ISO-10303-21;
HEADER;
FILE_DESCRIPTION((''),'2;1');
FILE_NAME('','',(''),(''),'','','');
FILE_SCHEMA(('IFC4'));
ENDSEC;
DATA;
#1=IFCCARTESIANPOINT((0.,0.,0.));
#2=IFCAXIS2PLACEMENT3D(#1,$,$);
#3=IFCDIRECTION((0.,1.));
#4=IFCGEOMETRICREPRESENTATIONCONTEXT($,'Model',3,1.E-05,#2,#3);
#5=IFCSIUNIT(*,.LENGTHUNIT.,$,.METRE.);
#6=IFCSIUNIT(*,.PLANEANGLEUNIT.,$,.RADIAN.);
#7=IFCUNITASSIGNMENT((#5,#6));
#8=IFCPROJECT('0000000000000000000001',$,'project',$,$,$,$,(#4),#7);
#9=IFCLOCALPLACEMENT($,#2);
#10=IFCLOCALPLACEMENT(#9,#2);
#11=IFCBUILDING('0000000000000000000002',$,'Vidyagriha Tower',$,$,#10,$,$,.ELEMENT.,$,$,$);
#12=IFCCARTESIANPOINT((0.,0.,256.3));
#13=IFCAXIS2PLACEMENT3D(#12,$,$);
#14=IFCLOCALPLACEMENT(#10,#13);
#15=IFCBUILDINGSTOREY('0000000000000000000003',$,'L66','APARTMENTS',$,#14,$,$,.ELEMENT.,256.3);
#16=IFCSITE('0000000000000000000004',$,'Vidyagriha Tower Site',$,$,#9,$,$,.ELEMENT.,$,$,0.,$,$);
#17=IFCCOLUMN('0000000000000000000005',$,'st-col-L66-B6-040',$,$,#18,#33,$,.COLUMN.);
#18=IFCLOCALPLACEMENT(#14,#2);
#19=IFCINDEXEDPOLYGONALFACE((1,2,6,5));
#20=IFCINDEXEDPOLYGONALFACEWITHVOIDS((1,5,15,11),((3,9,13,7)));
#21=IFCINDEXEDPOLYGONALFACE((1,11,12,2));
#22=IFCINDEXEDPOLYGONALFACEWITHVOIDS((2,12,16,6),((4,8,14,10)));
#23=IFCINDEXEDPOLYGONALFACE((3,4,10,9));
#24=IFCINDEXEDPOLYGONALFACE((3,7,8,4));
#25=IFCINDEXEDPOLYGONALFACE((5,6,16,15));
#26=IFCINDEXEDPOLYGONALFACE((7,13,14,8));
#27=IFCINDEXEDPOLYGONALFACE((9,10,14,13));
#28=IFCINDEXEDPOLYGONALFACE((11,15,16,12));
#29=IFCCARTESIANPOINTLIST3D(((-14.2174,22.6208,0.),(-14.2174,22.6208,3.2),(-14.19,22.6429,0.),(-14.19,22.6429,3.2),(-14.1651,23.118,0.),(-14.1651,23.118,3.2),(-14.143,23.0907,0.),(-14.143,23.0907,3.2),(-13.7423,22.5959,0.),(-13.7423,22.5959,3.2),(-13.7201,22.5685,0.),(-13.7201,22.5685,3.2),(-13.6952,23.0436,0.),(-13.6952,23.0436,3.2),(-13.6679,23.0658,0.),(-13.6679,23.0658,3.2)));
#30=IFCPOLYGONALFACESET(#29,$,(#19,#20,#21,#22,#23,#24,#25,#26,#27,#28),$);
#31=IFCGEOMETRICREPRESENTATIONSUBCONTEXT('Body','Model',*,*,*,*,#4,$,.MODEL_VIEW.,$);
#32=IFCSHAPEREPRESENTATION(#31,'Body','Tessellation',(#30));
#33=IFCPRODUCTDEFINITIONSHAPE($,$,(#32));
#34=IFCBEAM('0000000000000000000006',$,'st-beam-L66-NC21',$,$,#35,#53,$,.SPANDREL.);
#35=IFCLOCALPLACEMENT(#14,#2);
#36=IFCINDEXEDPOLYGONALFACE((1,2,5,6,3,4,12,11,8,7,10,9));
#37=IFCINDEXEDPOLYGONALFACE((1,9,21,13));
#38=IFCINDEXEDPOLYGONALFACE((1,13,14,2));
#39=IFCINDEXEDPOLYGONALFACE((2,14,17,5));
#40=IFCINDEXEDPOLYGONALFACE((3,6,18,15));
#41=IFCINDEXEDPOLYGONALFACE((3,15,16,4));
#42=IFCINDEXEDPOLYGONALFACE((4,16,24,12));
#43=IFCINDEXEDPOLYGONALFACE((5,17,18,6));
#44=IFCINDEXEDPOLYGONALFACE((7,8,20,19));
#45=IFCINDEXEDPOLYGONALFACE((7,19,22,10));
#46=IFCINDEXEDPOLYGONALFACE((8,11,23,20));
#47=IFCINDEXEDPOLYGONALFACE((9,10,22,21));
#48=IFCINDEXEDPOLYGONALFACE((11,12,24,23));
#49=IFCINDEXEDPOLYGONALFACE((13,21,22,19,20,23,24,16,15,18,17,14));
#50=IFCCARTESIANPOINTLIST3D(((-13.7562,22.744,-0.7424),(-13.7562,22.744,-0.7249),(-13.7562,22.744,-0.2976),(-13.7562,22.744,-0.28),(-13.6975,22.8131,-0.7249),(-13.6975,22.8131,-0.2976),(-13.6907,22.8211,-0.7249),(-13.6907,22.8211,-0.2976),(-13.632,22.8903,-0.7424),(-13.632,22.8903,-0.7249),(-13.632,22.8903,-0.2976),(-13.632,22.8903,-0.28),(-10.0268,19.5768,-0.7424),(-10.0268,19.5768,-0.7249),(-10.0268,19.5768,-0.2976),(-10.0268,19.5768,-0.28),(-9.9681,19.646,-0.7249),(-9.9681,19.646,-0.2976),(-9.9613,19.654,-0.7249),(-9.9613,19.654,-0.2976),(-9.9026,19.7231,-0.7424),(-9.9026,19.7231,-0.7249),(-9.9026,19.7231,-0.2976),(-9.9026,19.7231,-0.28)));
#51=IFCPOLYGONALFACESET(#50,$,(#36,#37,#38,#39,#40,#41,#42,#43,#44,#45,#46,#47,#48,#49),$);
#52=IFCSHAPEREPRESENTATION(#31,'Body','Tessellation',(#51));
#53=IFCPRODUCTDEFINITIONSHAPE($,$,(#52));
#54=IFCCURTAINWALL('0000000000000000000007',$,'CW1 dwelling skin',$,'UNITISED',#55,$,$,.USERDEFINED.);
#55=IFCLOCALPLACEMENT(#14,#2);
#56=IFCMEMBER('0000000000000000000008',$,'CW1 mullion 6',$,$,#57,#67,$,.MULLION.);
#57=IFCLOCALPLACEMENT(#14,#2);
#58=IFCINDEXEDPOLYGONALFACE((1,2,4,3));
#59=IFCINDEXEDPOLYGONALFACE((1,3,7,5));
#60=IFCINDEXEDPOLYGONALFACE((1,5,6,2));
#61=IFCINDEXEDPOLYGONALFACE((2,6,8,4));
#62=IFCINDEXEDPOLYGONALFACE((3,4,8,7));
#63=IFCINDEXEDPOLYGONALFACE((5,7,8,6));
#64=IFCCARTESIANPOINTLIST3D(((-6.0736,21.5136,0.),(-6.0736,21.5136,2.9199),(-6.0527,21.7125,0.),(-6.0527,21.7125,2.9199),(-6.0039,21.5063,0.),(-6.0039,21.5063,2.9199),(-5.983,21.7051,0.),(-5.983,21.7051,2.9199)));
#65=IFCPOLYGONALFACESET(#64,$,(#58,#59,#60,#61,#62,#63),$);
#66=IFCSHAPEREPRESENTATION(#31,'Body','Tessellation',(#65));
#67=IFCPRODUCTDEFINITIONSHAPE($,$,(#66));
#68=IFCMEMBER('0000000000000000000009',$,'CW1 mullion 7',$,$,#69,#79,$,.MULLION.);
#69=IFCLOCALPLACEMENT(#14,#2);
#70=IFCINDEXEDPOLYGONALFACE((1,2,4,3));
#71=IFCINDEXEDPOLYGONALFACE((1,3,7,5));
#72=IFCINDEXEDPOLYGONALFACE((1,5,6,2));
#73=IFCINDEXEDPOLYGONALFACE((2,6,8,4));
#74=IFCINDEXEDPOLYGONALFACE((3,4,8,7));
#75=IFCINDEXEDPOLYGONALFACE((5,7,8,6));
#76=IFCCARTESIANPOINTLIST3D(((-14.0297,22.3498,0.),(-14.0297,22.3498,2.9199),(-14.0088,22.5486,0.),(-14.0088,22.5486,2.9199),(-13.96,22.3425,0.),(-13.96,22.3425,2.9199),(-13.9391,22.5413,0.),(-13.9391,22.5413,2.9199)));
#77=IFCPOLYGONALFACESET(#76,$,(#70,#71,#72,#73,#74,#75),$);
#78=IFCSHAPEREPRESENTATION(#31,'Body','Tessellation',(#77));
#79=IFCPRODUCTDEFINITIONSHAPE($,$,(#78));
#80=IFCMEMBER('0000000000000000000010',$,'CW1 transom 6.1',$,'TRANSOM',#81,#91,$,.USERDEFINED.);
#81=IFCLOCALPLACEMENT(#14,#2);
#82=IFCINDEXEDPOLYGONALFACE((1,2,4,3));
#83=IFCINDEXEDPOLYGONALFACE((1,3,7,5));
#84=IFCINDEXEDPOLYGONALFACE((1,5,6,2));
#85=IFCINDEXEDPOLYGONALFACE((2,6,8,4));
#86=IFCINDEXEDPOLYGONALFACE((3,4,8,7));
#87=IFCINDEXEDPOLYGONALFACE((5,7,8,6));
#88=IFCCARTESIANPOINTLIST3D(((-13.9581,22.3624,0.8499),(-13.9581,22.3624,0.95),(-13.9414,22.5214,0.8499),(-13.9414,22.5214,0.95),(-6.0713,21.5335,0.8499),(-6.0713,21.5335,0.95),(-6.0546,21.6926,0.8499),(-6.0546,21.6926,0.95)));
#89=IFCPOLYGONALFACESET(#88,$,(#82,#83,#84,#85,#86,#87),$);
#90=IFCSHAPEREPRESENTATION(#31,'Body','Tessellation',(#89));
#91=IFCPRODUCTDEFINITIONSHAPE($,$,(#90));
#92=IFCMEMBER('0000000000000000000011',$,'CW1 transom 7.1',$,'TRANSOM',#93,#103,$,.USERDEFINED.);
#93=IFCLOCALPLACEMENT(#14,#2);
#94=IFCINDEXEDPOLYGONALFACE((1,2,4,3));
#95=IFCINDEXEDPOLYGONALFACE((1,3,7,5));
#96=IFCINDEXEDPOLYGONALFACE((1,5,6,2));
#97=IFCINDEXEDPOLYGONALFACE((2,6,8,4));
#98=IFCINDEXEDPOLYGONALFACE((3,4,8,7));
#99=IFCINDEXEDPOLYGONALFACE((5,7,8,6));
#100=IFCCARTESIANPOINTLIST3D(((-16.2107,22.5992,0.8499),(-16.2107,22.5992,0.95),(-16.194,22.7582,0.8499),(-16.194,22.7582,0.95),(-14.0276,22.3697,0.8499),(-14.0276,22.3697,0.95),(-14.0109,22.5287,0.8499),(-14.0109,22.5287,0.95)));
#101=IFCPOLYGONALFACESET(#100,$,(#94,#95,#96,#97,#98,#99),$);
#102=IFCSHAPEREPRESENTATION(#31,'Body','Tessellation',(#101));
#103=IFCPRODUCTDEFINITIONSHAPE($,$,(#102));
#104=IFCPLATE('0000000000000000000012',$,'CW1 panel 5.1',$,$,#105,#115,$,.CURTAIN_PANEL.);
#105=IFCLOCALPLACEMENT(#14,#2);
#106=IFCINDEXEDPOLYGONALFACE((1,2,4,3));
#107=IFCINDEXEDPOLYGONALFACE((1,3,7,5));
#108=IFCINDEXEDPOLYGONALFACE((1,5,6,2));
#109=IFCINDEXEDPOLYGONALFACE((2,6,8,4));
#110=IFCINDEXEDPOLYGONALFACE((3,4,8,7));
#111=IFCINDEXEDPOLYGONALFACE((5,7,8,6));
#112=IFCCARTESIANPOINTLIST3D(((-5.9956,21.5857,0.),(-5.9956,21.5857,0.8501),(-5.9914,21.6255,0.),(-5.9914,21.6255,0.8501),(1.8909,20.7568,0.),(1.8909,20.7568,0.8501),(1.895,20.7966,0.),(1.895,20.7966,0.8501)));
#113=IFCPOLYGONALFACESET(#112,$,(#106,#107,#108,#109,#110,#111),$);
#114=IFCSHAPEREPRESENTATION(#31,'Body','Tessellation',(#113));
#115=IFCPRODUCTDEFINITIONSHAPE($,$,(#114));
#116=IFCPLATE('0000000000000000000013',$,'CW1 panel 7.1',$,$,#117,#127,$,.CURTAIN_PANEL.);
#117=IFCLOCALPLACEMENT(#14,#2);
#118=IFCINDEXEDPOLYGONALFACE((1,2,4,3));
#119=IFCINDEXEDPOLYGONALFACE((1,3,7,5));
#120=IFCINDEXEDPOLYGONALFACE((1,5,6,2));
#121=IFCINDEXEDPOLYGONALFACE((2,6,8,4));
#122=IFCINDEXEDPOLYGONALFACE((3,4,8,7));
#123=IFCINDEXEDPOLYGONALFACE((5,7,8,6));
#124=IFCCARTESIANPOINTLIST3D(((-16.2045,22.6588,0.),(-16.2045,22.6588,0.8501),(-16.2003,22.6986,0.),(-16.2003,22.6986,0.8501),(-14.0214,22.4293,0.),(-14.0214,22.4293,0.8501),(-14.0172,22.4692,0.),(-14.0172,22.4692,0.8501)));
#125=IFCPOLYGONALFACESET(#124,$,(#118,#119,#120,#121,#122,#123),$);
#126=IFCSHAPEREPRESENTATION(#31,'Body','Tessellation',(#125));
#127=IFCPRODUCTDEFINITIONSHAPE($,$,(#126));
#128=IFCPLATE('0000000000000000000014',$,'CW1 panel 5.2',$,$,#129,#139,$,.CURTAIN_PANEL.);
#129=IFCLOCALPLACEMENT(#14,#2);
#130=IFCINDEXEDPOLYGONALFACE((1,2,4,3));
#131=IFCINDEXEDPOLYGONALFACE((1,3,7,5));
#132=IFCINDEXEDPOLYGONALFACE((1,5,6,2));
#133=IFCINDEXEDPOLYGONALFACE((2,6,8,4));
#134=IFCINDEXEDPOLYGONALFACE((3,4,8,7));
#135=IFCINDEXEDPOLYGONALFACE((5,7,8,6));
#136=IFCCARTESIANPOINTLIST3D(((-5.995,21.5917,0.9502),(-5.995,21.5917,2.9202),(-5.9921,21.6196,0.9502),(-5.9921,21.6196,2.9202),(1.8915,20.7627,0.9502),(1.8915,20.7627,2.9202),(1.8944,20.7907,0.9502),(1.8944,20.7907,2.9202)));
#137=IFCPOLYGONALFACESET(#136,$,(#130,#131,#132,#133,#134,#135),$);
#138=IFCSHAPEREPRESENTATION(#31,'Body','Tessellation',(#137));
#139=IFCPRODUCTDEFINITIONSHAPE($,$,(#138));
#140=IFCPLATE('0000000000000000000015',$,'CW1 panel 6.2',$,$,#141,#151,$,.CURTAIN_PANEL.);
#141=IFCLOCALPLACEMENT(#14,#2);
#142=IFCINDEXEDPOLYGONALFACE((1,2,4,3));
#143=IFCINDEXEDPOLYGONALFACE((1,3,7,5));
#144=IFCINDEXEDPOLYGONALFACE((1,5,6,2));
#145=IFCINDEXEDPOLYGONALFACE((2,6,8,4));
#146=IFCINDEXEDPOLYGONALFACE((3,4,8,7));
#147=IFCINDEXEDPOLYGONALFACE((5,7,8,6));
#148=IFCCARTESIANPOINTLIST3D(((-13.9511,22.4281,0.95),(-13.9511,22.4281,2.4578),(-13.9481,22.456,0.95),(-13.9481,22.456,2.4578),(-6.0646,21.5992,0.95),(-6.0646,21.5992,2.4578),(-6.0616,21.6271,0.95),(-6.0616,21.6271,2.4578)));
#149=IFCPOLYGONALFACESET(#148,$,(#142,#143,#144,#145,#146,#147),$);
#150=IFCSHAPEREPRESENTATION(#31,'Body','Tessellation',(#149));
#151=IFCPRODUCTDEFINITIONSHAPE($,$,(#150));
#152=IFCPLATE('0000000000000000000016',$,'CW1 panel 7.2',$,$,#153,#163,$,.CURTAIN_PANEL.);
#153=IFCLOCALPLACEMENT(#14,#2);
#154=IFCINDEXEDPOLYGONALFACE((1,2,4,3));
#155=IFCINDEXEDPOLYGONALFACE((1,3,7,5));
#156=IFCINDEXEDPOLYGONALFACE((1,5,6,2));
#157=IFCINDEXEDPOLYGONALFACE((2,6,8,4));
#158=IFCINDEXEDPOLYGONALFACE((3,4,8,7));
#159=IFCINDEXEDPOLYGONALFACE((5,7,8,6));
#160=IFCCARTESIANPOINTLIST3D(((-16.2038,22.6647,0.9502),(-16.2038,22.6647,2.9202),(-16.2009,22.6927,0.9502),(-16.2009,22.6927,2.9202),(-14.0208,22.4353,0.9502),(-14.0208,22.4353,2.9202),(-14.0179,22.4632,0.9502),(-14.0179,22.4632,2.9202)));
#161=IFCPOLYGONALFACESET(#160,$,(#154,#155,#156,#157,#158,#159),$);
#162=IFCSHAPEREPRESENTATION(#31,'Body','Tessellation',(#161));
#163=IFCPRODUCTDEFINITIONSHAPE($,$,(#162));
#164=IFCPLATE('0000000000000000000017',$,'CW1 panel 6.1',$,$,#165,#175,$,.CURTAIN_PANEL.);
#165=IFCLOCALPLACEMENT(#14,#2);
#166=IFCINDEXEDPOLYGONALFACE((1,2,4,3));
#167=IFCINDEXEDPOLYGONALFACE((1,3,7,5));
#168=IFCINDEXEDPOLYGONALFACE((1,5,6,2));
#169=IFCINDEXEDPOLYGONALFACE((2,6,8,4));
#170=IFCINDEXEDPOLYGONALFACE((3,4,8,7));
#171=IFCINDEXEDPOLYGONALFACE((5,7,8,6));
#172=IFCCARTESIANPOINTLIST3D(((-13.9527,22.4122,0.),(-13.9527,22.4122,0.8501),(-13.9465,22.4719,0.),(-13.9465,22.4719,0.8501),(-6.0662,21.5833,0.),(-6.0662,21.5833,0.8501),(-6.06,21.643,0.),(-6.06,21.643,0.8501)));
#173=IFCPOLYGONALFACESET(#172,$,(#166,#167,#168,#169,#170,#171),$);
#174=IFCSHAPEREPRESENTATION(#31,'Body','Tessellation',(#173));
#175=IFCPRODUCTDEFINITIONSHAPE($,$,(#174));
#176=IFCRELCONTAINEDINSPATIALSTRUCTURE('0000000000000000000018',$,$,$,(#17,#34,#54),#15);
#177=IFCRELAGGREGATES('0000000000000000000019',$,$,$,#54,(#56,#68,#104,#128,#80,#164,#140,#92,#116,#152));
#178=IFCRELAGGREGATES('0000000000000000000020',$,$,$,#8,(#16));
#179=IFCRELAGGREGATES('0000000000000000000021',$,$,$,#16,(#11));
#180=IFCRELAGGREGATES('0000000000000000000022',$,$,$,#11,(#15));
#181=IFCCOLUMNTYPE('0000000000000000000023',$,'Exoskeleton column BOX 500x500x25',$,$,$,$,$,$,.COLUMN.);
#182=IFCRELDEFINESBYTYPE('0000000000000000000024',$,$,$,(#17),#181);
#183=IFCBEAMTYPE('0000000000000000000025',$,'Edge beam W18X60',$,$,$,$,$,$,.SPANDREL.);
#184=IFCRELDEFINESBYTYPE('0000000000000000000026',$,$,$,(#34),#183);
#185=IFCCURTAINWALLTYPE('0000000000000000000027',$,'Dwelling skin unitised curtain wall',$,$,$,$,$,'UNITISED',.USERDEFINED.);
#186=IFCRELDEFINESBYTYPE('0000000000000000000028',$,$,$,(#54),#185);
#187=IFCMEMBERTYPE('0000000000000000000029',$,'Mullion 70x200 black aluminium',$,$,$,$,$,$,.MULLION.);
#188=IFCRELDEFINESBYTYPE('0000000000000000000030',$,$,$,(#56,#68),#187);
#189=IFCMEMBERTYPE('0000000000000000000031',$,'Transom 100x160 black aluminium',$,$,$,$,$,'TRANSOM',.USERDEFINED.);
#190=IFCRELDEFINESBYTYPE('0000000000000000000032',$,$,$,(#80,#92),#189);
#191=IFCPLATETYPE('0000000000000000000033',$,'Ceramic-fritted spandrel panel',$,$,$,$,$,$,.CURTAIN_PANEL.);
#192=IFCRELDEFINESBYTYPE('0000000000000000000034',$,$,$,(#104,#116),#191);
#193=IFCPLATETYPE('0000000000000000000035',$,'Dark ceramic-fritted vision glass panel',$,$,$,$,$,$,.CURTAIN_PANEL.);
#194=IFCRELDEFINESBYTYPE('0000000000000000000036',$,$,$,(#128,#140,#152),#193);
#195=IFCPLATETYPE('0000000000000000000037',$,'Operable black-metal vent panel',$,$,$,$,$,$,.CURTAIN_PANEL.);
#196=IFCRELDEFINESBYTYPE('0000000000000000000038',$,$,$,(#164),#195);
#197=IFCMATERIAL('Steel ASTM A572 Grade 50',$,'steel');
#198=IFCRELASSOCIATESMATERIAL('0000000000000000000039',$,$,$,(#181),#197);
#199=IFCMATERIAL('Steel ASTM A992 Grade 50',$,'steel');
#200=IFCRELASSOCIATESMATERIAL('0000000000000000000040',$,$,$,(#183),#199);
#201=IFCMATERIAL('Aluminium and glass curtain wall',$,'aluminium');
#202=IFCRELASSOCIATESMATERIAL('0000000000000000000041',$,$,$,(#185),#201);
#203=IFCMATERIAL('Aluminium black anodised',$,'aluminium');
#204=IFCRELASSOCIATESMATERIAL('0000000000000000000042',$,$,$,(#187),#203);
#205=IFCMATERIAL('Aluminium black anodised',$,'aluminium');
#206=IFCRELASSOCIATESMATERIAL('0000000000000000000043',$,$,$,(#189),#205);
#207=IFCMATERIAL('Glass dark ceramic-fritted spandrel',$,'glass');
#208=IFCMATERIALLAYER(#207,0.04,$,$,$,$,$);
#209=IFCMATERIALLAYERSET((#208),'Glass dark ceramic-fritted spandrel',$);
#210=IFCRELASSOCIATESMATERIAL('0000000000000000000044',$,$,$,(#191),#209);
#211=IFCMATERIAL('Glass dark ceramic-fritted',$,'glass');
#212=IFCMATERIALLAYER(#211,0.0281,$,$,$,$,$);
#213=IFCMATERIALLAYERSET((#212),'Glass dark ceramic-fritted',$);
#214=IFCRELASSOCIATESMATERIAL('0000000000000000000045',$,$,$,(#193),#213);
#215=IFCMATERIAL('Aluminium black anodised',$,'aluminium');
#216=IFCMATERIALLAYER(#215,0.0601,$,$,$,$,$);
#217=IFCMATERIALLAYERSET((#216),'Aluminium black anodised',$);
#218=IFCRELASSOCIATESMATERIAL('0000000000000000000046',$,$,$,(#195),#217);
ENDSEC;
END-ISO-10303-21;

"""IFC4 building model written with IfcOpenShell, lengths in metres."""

from ifc_helpers import new_model, si_unit, direction, frame, origin, origin_2d, place, context, subcontext, project, spatial, rectangle, hollow_rectangle, i_section, extrude, material, layer, layer_set, material_profile, profile_set, type_object, element, aggregate, save


model = new_model("IFC4")

# Units and contexts
model_context = context("Model", 3, precision=1e-05, world=origin(), true_north=direction((0.0, 1.0)))
body_context = subcontext(model_context, "Body", "Model", "MODEL_VIEW")
ifc_project = project(units=[si_unit("LENGTHUNIT", "METRE"), si_unit("PLANEANGLEUNIT", "RADIAN")], contexts=[model_context])

# Site, building, storey
site_placement = place(None, origin())
site = spatial("IfcSite", under=ifc_project, at=site_placement, Name="Vidyagriha Tower Site", CompositionType="ELEMENT", RefElevation=0.0)
building_placement = place(site_placement, origin())
building = spatial("IfcBuilding", under=site, at=building_placement, Name="Vidyagriha Tower", CompositionType="ELEMENT")
storey_placement = place(building_placement, frame((0.0, 0.0, 256.3)))
storey = spatial("IfcBuildingStorey", under=building, at=storey_placement, Name="L66", Description="APARTMENTS", CompositionType="ELEMENT", Elevation=256.3)

# Column
ifc_material_1 = material(Name="Steel ASTM A572 Grade 50", Category="steel")
ifc_material_profile_1 = material_profile(ifc_material_1, hollow_rectangle(XDim=0.5, YDim=0.5, WallThickness=0.0249, at=origin_2d()), Name="BOX 500x500x25")
ifc_profile_set_1 = profile_set([ifc_material_profile_1], Name="Steel ASTM A572 Grade 50")
column_type = type_object("IfcColumnType", Name="Exoskeleton column BOX 500x500x25", PredefinedType="COLUMN", material=ifc_profile_set_1)
column_placement = place(storey_placement, frame((-13.9426, 22.8433, 0.0), z_axis=(0.0, 0.0, 1.0), x_axis=(0.994522, -0.104528, 0.0)))
element("IfcColumn", 1, at=column_placement, inside=storey, type_object=column_type, Name="st-col-L66-B6-040", PredefinedType="COLUMN", context=body_context, shape_type="SweptSolid", body=[
    extrude(hollow_rectangle(XDim=0.5, YDim=0.5, WallThickness=0.0249, at=origin_2d()), origin(), (0.0, 0.0, 1.0), 3.2),
])

# Beam
ifc_material_2 = material(Name="Steel ASTM A992 Grade 50", Category="steel")
ifc_material_profile_2 = material_profile(ifc_material_2, i_section(OverallWidth=0.1919, OverallDepth=0.4624, WebThickness=0.0105, FlangeThickness=0.0176, at=origin_2d()), Name="W18X60")
ifc_profile_set_2 = profile_set([ifc_material_profile_2], Name="Steel ASTM A992 Grade 50")
beam_type = type_object("IfcBeamType", Name="Edge beam W18X60", PredefinedType="SPANDREL", material=ifc_profile_set_2)
beam_placement = place(storey_placement, frame((-13.6941, 22.8171, -0.5112), z_axis=(0.762225, -0.647312, 0.0), x_axis=(0.647312, 0.762225, 0.0)))
element("IfcBeam", 2, at=beam_placement, inside=storey, type_object=beam_type, Name="st-beam-L66-NC21", PredefinedType="SPANDREL", context=body_context, shape_type="SweptSolid", body=[
    extrude(i_section(OverallWidth=0.1919, OverallDepth=0.4624, WebThickness=0.0105, FlangeThickness=0.0176, at=origin_2d()), origin(), (0.0, 0.0, 1.0), 4.8928),
])

# Curtain wall, members, plates
ifc_material_3 = material(Name="Aluminium and glass curtain wall", Category="aluminium")
curtain_wall_type = type_object("IfcCurtainWallType", Name="Dwelling skin unitised curtain wall", ElementType="UNITISED", PredefinedType="USERDEFINED", material=ifc_material_3)
curtain_wall_placement = place(storey_placement, origin())
curtain_wall = element("IfcCurtainWall", 3, at=curtain_wall_placement, inside=storey, type_object=curtain_wall_type, Name="CW1 dwelling skin", ObjectType="UNITISED", PredefinedType="USERDEFINED")
ifc_material_4 = material(Name="Aluminium black anodised", Category="aluminium")
ifc_material_profile_3 = material_profile(ifc_material_4, rectangle(XDim=0.2, YDim=0.0701, at=origin_2d()), Name="Mullion 70x200 black aluminium")
ifc_profile_set_3 = profile_set([ifc_material_profile_3], Name="Aluminium black anodised")
member_type_1 = type_object("IfcMemberType", Name="Mullion 70x200 black aluminium", PredefinedType="MULLION", material=ifc_profile_set_3)
member_1_placement = place(storey_placement, frame((-6.0283, 21.6094, 0.0), z_axis=(0.0, 0.0, 1.0), x_axis=(-0.104529, -0.994522, 0.0)))
member_1 = element("IfcMember", 4, at=member_1_placement, type_object=member_type_1, Name="CW1 mullion 6", PredefinedType="MULLION", context=body_context, shape_type="SweptSolid", body=[
    extrude(rectangle(XDim=0.2, YDim=0.0701, at=origin_2d()), origin(), (0.0, 0.0, 1.0), 2.9199),
])
member_2_placement = place(storey_placement, frame((-13.9844, 22.4456, 0.0), z_axis=(0.0, 0.0, 1.0), x_axis=(-0.104529, -0.994522, 0.0)))
member_2 = element("IfcMember", 5, at=member_2_placement, type_object=member_type_1, Name="CW1 mullion 7", PredefinedType="MULLION", context=body_context, shape_type="SweptSolid", body=[
    extrude(rectangle(XDim=0.2, YDim=0.0701, at=origin_2d()), origin(), (0.0, 0.0, 1.0), 2.9199),
])
ifc_material_5 = material(Name="Aluminium black anodised", Category="aluminium")
ifc_material_profile_4 = material_profile(ifc_material_5, rectangle(XDim=0.1599, YDim=0.1001, at=origin_2d()), Name="Transom 100x160 black aluminium")
ifc_profile_set_4 = profile_set([ifc_material_profile_4], Name="Aluminium black anodised")
member_type_2 = type_object("IfcMemberType", Name="Transom 100x160 black aluminium", ElementType="TRANSOM", PredefinedType="USERDEFINED", material=ifc_profile_set_4)
member_3_placement = place(storey_placement, frame((-6.063, 21.613, 0.8999), z_axis=(-0.994523, 0.10452, 0.0), x_axis=(-0.10452, -0.994523, 0.0)))
member_3 = element("IfcMember", 6, at=member_3_placement, type_object=member_type_2, Name="CW1 transom 6.1", ObjectType="TRANSOM", PredefinedType="USERDEFINED", context=body_context, shape_type="SweptSolid", body=[
    extrude(rectangle(XDim=0.1599, YDim=0.1001, at=origin_2d()), origin(), (0.0, 0.0, 1.0), 7.9302),
])
member_4_placement = place(storey_placement, frame((-14.0193, 22.4492, 0.8999), z_axis=(-0.99452, 0.104546, 0.0), x_axis=(-0.104546, -0.99452, 0.0)))
member_4 = element("IfcMember", 7, at=member_4_placement, type_object=member_type_2, Name="CW1 transom 7.1", ObjectType="TRANSOM", PredefinedType="USERDEFINED", context=body_context, shape_type="SweptSolid", body=[
    extrude(rectangle(XDim=0.1599, YDim=0.1001, at=origin_2d()), origin(), (0.0, 0.0, 1.0), 2.1951),
])
ifc_material_6 = material(Name="Glass dark ceramic-fritted spandrel", Category="glass")
ifc_layer_1 = layer(ifc_material_6, 0.04)
ifc_layer_set_1 = layer_set([ifc_layer_1], Name="Glass dark ceramic-fritted spandrel")
plate_type_1 = type_object("IfcPlateType", Name="Ceramic-fritted spandrel panel", PredefinedType="CURTAIN_PANEL", material=ifc_layer_set_1)
plate_1_placement = place(storey_placement, frame((-2.0503, 21.1912, 0.0), z_axis=(0.0, 0.0, 1.0), x_axis=(-0.994522, 0.104529, 0.0)))
plate_1 = element("IfcPlate", 8, at=plate_1_placement, type_object=plate_type_1, Name="CW1 panel 5.1", PredefinedType="CURTAIN_PANEL", context=body_context, shape_type="SweptSolid", body=[
    extrude(rectangle(XDim=7.9299, YDim=0.04, at=origin_2d()), origin(), (0.0, 0.0, 1.0), 0.8501),
])
plate_2_placement = place(storey_placement, frame((-15.1108, 22.564, 0.0), z_axis=(0.0, 0.0, 1.0), x_axis=(-0.994522, 0.104529, 0.0)))
plate_2 = element("IfcPlate", 9, at=plate_2_placement, type_object=plate_type_1, Name="CW1 panel 7.1", PredefinedType="CURTAIN_PANEL", context=body_context, shape_type="SweptSolid", body=[
    extrude(rectangle(XDim=2.1951, YDim=0.04, at=origin_2d()), origin(), (0.0, 0.0, 1.0), 0.8501),
])
ifc_material_7 = material(Name="Glass dark ceramic-fritted", Category="glass")
ifc_layer_2 = layer(ifc_material_7, 0.0281)
ifc_layer_set_2 = layer_set([ifc_layer_2], Name="Glass dark ceramic-fritted")
plate_type_2 = type_object("IfcPlateType", Name="Dark ceramic-fritted vision glass panel", PredefinedType="CURTAIN_PANEL", material=ifc_layer_set_2)
plate_3_placement = place(storey_placement, frame((-2.0503, 21.1912, 0.9502), z_axis=(0.0, 0.0, 1.0), x_axis=(-0.994522, 0.104529, 0.0)))
plate_3 = element("IfcPlate", 10, at=plate_3_placement, type_object=plate_type_2, Name="CW1 panel 5.2", PredefinedType="CURTAIN_PANEL", context=body_context, shape_type="SweptSolid", body=[
    extrude(rectangle(XDim=7.9299, YDim=0.0281, at=origin_2d()), origin(), (0.0, 0.0, 1.0), 1.97),
])
plate_4_placement = place(storey_placement, frame((-10.0063, 22.0276, 0.95), z_axis=(0.0, 0.0, 1.0), x_axis=(-0.994522, 0.104529, 0.0)))
plate_4 = element("IfcPlate", 11, at=plate_4_placement, type_object=plate_type_2, Name="CW1 panel 6.2", PredefinedType="CURTAIN_PANEL", context=body_context, shape_type="SweptSolid", body=[
    extrude(rectangle(XDim=7.9299, YDim=0.0281, at=origin_2d()), origin(), (0.0, 0.0, 1.0), 1.5078),
])
plate_5_placement = place(storey_placement, frame((-15.1108, 22.564, 0.9502), z_axis=(0.0, 0.0, 1.0), x_axis=(-0.994522, 0.104529, 0.0)))
plate_5 = element("IfcPlate", 12, at=plate_5_placement, type_object=plate_type_2, Name="CW1 panel 7.2", PredefinedType="CURTAIN_PANEL", context=body_context, shape_type="SweptSolid", body=[
    extrude(rectangle(XDim=2.1951, YDim=0.0281, at=origin_2d()), origin(), (0.0, 0.0, 1.0), 1.97),
])
ifc_material_8 = material(Name="Aluminium black anodised", Category="aluminium")
ifc_layer_3 = layer(ifc_material_8, 0.0601)
ifc_layer_set_3 = layer_set([ifc_layer_3], Name="Aluminium black anodised")
plate_type_3 = type_object("IfcPlateType", Name="Operable black-metal vent panel", PredefinedType="CURTAIN_PANEL", material=ifc_layer_set_3)
plate_6_placement = place(storey_placement, frame((-10.0063, 22.0276, 0.0), z_axis=(0.0, 0.0, 1.0), x_axis=(-0.994522, 0.104529, 0.0)))
plate_6 = element("IfcPlate", 13, at=plate_6_placement, type_object=plate_type_3, Name="CW1 panel 6.1", PredefinedType="CURTAIN_PANEL", context=body_context, shape_type="SweptSolid", body=[
    extrude(rectangle(XDim=7.9299, YDim=0.0601, at=origin_2d()), origin(), (0.0, 0.0, 1.0), 0.8501),
])
aggregate(curtain_wall, [member_1, member_2, plate_1, plate_3, member_3, plate_6, plate_4, member_4, plate_2, plate_5])

save(model, "model.ifc")
